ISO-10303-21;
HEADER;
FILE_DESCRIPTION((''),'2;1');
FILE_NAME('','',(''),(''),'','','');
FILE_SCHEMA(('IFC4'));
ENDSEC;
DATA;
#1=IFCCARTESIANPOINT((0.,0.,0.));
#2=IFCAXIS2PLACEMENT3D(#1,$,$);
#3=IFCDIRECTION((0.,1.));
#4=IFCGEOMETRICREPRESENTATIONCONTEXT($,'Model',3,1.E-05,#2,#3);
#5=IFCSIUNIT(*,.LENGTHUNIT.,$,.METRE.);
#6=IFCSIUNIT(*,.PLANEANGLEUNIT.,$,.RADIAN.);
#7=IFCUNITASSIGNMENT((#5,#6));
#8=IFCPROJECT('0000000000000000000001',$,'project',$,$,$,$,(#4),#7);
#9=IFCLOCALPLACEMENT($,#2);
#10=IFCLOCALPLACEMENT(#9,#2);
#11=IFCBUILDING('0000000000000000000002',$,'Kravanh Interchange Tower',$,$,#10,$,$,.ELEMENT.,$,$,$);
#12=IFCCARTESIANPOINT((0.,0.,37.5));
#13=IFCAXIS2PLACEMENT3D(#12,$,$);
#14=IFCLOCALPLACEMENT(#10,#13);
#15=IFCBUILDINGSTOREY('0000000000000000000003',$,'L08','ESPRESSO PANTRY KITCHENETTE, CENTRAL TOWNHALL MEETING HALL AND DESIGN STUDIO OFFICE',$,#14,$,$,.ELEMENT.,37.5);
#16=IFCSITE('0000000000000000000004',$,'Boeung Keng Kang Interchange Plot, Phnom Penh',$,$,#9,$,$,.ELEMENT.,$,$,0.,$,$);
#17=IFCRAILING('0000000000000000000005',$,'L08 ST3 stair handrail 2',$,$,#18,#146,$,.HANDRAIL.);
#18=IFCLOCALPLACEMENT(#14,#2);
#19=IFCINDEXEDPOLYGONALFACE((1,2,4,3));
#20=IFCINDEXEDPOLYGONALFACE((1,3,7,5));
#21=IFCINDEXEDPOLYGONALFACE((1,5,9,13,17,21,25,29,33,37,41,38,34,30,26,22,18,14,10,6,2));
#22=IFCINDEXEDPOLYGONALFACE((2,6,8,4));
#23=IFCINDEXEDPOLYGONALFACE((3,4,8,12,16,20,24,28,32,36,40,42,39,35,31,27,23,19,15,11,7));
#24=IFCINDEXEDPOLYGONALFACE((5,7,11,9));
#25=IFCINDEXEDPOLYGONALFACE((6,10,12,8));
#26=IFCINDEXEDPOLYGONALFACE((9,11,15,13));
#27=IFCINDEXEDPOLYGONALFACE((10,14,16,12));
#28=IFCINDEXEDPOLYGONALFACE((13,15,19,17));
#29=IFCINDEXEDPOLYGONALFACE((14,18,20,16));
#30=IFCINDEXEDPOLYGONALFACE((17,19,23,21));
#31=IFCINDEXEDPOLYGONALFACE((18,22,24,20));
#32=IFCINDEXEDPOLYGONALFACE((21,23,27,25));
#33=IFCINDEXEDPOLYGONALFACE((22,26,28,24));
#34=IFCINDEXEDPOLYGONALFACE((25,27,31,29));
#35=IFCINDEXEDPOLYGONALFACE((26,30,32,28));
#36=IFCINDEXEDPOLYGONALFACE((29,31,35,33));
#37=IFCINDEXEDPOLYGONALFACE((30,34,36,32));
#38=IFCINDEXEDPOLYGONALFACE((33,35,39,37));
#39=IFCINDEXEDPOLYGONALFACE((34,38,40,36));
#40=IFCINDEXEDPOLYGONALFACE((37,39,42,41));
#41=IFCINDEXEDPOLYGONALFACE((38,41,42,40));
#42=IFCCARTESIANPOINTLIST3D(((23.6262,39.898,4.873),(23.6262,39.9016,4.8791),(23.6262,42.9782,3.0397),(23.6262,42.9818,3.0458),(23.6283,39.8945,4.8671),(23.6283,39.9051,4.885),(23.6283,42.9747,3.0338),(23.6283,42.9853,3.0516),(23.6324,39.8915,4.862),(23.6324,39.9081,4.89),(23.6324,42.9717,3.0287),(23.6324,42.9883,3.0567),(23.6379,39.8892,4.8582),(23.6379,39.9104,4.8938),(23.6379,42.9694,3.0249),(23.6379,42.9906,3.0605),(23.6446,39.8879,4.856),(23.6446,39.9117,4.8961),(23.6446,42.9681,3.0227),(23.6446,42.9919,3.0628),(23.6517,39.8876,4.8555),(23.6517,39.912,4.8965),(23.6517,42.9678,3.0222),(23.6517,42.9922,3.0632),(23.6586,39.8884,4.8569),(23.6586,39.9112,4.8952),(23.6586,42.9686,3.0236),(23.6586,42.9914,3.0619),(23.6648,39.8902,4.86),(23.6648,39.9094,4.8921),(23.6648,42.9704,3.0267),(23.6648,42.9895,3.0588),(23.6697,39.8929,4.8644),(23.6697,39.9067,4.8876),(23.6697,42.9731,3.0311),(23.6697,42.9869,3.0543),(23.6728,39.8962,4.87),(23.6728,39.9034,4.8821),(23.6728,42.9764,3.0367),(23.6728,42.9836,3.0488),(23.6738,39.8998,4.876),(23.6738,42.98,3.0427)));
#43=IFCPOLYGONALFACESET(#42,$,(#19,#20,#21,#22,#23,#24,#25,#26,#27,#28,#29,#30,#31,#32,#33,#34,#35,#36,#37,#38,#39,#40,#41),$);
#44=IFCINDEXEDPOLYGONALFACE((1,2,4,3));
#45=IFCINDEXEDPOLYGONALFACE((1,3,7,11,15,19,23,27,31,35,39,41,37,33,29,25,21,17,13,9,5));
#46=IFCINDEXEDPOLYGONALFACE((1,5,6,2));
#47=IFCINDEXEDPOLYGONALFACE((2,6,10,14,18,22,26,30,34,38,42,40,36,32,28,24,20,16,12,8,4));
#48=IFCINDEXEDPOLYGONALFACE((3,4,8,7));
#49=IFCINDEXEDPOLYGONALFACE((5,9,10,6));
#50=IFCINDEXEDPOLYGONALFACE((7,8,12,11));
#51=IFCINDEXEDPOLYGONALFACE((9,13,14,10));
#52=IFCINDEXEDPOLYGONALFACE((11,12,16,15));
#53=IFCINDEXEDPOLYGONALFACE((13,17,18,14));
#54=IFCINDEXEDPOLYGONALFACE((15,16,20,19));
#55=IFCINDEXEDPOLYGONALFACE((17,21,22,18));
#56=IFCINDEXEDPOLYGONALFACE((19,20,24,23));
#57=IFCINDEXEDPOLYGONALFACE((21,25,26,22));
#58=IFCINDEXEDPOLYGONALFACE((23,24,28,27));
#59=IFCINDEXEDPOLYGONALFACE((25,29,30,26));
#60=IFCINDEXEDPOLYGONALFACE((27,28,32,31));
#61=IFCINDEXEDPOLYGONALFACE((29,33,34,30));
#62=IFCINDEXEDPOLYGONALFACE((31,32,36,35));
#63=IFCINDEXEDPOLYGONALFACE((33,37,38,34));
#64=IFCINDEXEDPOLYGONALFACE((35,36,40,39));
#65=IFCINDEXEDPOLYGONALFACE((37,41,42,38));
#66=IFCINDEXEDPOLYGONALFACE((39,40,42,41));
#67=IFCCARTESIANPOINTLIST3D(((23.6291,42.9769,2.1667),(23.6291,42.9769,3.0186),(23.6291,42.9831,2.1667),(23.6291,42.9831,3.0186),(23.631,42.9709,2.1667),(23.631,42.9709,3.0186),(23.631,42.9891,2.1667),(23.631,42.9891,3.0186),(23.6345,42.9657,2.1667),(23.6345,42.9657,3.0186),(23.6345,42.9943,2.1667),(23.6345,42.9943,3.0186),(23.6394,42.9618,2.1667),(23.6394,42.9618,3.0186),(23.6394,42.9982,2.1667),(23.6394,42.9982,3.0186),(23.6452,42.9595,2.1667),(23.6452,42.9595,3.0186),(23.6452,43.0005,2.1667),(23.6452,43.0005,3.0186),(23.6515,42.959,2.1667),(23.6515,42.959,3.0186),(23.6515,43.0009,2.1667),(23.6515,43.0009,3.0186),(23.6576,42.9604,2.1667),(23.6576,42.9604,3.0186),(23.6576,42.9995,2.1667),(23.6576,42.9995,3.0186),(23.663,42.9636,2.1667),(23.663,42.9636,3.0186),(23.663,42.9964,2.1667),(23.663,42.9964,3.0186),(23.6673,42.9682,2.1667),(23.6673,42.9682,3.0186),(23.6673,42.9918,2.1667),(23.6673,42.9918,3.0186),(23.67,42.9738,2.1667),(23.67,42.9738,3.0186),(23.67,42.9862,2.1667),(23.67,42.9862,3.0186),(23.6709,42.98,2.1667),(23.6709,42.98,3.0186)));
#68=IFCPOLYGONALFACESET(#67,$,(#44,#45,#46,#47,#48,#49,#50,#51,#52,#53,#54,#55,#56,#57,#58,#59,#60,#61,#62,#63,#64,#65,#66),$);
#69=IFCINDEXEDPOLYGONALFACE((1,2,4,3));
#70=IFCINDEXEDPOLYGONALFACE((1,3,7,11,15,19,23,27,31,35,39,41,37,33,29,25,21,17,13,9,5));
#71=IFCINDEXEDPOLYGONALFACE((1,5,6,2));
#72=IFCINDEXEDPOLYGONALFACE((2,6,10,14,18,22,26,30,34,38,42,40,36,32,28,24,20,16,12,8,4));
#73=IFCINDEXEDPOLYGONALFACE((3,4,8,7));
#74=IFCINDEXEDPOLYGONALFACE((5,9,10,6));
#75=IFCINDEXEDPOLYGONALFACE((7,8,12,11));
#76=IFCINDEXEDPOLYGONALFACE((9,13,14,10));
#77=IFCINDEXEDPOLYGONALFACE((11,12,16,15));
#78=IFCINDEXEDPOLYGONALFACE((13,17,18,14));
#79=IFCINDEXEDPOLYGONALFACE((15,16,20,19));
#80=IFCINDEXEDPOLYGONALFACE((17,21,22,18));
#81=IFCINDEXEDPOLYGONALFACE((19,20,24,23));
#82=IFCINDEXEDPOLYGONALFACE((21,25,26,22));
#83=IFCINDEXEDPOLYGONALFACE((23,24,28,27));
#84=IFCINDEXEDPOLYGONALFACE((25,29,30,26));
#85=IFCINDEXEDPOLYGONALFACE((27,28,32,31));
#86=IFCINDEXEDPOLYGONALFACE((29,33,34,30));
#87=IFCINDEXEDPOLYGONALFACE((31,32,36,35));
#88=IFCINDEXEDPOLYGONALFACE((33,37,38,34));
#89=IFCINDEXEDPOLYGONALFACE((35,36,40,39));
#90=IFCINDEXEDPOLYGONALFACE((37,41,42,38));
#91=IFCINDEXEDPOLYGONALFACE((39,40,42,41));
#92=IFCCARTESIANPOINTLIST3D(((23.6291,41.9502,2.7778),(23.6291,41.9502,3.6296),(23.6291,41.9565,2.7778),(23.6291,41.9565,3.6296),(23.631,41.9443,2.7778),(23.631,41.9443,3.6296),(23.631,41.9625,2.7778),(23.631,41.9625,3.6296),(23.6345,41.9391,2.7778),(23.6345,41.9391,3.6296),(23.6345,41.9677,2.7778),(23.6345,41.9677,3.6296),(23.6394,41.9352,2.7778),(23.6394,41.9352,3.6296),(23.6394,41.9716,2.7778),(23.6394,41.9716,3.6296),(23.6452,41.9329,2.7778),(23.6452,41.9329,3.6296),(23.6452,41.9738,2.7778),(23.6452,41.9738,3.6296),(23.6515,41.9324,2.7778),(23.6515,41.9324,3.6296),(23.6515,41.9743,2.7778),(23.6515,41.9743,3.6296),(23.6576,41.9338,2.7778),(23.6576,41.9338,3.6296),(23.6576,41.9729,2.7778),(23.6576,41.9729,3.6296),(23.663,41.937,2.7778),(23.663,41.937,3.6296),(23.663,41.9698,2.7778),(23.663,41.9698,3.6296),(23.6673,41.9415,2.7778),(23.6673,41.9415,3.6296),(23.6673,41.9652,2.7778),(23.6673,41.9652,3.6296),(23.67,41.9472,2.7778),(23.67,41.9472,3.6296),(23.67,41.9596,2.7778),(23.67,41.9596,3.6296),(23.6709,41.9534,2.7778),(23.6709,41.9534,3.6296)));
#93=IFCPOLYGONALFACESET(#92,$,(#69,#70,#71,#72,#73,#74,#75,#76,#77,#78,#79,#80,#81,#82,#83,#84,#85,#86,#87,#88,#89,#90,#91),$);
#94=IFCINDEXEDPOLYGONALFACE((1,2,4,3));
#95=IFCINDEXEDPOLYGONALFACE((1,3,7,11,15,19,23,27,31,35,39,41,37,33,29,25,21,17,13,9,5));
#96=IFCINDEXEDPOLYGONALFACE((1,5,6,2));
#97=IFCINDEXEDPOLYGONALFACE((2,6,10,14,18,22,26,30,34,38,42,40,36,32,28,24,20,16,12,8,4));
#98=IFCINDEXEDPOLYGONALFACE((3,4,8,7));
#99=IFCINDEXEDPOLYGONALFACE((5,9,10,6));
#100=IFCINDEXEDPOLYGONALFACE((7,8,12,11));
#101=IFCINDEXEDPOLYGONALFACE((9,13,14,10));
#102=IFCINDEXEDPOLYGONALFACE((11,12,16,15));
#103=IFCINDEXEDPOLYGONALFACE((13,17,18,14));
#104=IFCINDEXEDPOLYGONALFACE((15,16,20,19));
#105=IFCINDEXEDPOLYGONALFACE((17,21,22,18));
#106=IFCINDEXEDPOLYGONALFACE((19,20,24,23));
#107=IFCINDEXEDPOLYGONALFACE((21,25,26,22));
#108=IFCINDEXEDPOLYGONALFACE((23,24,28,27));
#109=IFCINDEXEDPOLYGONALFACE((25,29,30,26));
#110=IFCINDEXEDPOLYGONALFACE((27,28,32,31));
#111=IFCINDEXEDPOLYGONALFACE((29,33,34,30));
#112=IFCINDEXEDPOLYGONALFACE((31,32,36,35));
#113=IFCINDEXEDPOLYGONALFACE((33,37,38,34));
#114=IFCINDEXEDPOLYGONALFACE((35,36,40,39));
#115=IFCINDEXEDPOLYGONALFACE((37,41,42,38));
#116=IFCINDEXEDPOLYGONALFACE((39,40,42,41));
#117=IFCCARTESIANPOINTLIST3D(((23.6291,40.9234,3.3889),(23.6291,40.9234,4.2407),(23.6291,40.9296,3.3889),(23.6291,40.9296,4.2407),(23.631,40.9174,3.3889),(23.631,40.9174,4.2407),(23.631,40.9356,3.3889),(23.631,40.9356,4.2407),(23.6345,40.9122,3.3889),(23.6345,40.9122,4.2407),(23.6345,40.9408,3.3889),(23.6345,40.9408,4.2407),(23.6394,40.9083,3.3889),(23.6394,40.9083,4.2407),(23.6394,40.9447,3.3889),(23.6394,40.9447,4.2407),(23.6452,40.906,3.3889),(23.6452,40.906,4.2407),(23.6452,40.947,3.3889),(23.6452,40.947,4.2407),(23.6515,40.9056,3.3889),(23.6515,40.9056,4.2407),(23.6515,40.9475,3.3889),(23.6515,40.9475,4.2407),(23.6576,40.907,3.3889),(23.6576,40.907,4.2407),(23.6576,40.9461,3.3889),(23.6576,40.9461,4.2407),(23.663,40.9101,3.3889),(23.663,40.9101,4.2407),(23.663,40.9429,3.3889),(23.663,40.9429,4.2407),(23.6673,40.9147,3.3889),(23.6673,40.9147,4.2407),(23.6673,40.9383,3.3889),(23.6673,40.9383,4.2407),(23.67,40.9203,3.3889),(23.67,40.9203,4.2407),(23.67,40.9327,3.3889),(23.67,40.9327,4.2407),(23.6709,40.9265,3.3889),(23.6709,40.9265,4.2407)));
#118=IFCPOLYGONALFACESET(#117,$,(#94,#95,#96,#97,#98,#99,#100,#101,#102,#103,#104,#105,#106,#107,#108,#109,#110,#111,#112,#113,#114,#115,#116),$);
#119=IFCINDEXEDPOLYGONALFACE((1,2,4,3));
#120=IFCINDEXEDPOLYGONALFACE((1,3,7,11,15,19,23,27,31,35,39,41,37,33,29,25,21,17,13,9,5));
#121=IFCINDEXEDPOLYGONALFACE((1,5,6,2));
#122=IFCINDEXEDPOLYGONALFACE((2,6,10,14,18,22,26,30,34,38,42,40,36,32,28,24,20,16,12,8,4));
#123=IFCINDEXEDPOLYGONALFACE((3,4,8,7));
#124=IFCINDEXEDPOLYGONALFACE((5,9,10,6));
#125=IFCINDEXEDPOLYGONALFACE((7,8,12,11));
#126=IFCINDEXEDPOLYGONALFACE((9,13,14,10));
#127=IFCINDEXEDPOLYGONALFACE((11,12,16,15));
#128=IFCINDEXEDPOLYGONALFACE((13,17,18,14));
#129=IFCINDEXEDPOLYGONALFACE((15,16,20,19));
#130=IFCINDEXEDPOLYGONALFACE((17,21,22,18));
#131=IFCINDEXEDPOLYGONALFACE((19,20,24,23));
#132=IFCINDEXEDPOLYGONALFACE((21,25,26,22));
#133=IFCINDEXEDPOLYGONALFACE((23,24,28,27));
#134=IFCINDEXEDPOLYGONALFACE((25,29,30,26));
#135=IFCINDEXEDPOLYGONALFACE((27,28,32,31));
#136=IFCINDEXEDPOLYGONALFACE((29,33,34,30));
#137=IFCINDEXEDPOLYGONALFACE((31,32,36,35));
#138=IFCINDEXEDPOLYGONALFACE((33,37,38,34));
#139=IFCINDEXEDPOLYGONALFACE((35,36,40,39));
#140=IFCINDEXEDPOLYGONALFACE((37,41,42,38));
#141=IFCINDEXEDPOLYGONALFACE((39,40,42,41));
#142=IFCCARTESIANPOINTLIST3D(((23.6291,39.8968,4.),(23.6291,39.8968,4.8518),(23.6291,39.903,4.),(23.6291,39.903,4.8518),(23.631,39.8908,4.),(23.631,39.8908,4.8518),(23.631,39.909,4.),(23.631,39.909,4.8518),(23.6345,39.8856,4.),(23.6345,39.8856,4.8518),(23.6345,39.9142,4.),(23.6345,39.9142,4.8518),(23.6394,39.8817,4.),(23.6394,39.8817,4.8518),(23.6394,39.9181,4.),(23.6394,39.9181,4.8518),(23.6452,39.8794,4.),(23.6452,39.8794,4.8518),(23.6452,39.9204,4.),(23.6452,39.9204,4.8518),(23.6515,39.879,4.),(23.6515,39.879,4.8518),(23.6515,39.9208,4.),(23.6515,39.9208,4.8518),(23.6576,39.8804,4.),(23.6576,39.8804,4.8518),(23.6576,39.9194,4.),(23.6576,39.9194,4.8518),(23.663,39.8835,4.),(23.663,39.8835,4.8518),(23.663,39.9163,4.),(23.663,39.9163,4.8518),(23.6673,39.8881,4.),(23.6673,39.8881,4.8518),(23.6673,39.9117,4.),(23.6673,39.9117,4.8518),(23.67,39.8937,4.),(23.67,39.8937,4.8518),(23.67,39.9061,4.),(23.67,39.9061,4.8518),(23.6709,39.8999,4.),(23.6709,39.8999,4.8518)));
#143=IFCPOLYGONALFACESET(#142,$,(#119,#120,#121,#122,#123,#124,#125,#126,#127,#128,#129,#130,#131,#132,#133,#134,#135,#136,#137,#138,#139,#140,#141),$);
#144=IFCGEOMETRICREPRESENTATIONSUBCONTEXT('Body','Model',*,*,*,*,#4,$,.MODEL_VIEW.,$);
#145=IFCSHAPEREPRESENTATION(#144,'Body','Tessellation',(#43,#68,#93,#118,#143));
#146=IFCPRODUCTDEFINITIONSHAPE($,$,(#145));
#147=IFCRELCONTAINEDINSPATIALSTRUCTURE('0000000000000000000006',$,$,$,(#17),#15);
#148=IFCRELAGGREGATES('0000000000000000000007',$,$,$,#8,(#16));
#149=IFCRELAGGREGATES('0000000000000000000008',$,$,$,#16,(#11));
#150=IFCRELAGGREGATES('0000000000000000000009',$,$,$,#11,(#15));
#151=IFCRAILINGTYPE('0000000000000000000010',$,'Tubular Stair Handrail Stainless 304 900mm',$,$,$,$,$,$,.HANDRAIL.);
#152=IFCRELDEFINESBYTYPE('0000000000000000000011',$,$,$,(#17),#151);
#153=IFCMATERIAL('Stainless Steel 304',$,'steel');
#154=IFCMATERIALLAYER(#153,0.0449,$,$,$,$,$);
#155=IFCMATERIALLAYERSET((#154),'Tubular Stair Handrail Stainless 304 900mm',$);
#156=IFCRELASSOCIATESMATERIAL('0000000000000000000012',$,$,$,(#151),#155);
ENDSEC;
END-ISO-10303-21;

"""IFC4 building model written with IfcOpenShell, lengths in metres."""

from ifc_helpers import new_model, si_unit, direction, frame, origin, origin_2d, place, context, subcontext, project, spatial, circle, extrude, material, layer, layer_set, type_object, element, save


model = new_model("IFC4")

# Units and contexts
model_context = context("Model", 3, precision=1e-05, world=origin(), true_north=direction((0.0, 1.0)))
body_context = subcontext(model_context, "Body", "Model", "MODEL_VIEW")
ifc_project = project(units=[si_unit("LENGTHUNIT", "METRE"), si_unit("PLANEANGLEUNIT", "RADIAN")], contexts=[model_context])

# Site, building, storey
site_placement = place(None, origin())
site = spatial("IfcSite", under=ifc_project, at=site_placement, Name="Boeung Keng Kang Interchange Plot, Phnom Penh", CompositionType="ELEMENT", RefElevation=0.0)
building_placement = place(site_placement, origin())
building = spatial("IfcBuilding", under=site, at=building_placement, Name="Kravanh Interchange Tower", CompositionType="ELEMENT")
storey_placement = place(building_placement, frame((0.0, 0.0, 37.5)))
storey = spatial("IfcBuildingStorey", under=building, at=storey_placement, Name="L08", Description="ESPRESSO PANTRY KITCHENETTE, CENTRAL TOWNHALL MEETING HALL AND DESIGN STUDIO OFFICE", CompositionType="ELEMENT", Elevation=37.5)

# Railing
ifc_material_1 = material(Name="Stainless Steel 304", Category="steel")
ifc_layer_1 = layer(ifc_material_1, 0.0449)
ifc_layer_set_1 = layer_set([ifc_layer_1], Name="Tubular Stair Handrail Stainless 304 900mm")
railing_type_1 = type_object("IfcRailingType", Name="Tubular Stair Handrail Stainless 304 900mm", PredefinedType="HANDRAIL", material=ifc_layer_set_1)
railing_1_placement = place(storey_placement, frame((23.6499, 42.98, 2.1667)))
element("IfcRailing", 1, at=railing_1_placement, inside=storey, type_object=railing_type_1, Name="L08 ST3 stair handrail 2", PredefinedType="HANDRAIL", context=body_context, shape_type="SweptSolid", body=[
    extrude(circle(Radius=0.0239, at=origin_2d()), frame((0.0, 0.0, 0.876), z_axis=(0.0, -0.859309, 0.511458), x_axis=(1.0, 0.0, 0.0)), (0.0, 0.0, 1.0), 3.5845),
    extrude(circle(Radius=0.021, at=origin_2d()), origin(), (0.0, 0.0, 1.0), 0.8518),
    extrude(circle(Radius=0.021, at=origin_2d()), frame((0.0, -1.0266, 0.6111)), (0.0, 0.0, 1.0), 0.8518),
    extrude(circle(Radius=0.021, at=origin_2d()), frame((0.0, -2.0535, 1.2222)), (0.0, 0.0, 1.0), 0.8518),
    extrude(circle(Radius=0.021, at=origin_2d()), frame((0.0, -3.0801, 1.8333)), (0.0, 0.0, 1.0), 0.8518),
])

save(model, "model.ifc")
